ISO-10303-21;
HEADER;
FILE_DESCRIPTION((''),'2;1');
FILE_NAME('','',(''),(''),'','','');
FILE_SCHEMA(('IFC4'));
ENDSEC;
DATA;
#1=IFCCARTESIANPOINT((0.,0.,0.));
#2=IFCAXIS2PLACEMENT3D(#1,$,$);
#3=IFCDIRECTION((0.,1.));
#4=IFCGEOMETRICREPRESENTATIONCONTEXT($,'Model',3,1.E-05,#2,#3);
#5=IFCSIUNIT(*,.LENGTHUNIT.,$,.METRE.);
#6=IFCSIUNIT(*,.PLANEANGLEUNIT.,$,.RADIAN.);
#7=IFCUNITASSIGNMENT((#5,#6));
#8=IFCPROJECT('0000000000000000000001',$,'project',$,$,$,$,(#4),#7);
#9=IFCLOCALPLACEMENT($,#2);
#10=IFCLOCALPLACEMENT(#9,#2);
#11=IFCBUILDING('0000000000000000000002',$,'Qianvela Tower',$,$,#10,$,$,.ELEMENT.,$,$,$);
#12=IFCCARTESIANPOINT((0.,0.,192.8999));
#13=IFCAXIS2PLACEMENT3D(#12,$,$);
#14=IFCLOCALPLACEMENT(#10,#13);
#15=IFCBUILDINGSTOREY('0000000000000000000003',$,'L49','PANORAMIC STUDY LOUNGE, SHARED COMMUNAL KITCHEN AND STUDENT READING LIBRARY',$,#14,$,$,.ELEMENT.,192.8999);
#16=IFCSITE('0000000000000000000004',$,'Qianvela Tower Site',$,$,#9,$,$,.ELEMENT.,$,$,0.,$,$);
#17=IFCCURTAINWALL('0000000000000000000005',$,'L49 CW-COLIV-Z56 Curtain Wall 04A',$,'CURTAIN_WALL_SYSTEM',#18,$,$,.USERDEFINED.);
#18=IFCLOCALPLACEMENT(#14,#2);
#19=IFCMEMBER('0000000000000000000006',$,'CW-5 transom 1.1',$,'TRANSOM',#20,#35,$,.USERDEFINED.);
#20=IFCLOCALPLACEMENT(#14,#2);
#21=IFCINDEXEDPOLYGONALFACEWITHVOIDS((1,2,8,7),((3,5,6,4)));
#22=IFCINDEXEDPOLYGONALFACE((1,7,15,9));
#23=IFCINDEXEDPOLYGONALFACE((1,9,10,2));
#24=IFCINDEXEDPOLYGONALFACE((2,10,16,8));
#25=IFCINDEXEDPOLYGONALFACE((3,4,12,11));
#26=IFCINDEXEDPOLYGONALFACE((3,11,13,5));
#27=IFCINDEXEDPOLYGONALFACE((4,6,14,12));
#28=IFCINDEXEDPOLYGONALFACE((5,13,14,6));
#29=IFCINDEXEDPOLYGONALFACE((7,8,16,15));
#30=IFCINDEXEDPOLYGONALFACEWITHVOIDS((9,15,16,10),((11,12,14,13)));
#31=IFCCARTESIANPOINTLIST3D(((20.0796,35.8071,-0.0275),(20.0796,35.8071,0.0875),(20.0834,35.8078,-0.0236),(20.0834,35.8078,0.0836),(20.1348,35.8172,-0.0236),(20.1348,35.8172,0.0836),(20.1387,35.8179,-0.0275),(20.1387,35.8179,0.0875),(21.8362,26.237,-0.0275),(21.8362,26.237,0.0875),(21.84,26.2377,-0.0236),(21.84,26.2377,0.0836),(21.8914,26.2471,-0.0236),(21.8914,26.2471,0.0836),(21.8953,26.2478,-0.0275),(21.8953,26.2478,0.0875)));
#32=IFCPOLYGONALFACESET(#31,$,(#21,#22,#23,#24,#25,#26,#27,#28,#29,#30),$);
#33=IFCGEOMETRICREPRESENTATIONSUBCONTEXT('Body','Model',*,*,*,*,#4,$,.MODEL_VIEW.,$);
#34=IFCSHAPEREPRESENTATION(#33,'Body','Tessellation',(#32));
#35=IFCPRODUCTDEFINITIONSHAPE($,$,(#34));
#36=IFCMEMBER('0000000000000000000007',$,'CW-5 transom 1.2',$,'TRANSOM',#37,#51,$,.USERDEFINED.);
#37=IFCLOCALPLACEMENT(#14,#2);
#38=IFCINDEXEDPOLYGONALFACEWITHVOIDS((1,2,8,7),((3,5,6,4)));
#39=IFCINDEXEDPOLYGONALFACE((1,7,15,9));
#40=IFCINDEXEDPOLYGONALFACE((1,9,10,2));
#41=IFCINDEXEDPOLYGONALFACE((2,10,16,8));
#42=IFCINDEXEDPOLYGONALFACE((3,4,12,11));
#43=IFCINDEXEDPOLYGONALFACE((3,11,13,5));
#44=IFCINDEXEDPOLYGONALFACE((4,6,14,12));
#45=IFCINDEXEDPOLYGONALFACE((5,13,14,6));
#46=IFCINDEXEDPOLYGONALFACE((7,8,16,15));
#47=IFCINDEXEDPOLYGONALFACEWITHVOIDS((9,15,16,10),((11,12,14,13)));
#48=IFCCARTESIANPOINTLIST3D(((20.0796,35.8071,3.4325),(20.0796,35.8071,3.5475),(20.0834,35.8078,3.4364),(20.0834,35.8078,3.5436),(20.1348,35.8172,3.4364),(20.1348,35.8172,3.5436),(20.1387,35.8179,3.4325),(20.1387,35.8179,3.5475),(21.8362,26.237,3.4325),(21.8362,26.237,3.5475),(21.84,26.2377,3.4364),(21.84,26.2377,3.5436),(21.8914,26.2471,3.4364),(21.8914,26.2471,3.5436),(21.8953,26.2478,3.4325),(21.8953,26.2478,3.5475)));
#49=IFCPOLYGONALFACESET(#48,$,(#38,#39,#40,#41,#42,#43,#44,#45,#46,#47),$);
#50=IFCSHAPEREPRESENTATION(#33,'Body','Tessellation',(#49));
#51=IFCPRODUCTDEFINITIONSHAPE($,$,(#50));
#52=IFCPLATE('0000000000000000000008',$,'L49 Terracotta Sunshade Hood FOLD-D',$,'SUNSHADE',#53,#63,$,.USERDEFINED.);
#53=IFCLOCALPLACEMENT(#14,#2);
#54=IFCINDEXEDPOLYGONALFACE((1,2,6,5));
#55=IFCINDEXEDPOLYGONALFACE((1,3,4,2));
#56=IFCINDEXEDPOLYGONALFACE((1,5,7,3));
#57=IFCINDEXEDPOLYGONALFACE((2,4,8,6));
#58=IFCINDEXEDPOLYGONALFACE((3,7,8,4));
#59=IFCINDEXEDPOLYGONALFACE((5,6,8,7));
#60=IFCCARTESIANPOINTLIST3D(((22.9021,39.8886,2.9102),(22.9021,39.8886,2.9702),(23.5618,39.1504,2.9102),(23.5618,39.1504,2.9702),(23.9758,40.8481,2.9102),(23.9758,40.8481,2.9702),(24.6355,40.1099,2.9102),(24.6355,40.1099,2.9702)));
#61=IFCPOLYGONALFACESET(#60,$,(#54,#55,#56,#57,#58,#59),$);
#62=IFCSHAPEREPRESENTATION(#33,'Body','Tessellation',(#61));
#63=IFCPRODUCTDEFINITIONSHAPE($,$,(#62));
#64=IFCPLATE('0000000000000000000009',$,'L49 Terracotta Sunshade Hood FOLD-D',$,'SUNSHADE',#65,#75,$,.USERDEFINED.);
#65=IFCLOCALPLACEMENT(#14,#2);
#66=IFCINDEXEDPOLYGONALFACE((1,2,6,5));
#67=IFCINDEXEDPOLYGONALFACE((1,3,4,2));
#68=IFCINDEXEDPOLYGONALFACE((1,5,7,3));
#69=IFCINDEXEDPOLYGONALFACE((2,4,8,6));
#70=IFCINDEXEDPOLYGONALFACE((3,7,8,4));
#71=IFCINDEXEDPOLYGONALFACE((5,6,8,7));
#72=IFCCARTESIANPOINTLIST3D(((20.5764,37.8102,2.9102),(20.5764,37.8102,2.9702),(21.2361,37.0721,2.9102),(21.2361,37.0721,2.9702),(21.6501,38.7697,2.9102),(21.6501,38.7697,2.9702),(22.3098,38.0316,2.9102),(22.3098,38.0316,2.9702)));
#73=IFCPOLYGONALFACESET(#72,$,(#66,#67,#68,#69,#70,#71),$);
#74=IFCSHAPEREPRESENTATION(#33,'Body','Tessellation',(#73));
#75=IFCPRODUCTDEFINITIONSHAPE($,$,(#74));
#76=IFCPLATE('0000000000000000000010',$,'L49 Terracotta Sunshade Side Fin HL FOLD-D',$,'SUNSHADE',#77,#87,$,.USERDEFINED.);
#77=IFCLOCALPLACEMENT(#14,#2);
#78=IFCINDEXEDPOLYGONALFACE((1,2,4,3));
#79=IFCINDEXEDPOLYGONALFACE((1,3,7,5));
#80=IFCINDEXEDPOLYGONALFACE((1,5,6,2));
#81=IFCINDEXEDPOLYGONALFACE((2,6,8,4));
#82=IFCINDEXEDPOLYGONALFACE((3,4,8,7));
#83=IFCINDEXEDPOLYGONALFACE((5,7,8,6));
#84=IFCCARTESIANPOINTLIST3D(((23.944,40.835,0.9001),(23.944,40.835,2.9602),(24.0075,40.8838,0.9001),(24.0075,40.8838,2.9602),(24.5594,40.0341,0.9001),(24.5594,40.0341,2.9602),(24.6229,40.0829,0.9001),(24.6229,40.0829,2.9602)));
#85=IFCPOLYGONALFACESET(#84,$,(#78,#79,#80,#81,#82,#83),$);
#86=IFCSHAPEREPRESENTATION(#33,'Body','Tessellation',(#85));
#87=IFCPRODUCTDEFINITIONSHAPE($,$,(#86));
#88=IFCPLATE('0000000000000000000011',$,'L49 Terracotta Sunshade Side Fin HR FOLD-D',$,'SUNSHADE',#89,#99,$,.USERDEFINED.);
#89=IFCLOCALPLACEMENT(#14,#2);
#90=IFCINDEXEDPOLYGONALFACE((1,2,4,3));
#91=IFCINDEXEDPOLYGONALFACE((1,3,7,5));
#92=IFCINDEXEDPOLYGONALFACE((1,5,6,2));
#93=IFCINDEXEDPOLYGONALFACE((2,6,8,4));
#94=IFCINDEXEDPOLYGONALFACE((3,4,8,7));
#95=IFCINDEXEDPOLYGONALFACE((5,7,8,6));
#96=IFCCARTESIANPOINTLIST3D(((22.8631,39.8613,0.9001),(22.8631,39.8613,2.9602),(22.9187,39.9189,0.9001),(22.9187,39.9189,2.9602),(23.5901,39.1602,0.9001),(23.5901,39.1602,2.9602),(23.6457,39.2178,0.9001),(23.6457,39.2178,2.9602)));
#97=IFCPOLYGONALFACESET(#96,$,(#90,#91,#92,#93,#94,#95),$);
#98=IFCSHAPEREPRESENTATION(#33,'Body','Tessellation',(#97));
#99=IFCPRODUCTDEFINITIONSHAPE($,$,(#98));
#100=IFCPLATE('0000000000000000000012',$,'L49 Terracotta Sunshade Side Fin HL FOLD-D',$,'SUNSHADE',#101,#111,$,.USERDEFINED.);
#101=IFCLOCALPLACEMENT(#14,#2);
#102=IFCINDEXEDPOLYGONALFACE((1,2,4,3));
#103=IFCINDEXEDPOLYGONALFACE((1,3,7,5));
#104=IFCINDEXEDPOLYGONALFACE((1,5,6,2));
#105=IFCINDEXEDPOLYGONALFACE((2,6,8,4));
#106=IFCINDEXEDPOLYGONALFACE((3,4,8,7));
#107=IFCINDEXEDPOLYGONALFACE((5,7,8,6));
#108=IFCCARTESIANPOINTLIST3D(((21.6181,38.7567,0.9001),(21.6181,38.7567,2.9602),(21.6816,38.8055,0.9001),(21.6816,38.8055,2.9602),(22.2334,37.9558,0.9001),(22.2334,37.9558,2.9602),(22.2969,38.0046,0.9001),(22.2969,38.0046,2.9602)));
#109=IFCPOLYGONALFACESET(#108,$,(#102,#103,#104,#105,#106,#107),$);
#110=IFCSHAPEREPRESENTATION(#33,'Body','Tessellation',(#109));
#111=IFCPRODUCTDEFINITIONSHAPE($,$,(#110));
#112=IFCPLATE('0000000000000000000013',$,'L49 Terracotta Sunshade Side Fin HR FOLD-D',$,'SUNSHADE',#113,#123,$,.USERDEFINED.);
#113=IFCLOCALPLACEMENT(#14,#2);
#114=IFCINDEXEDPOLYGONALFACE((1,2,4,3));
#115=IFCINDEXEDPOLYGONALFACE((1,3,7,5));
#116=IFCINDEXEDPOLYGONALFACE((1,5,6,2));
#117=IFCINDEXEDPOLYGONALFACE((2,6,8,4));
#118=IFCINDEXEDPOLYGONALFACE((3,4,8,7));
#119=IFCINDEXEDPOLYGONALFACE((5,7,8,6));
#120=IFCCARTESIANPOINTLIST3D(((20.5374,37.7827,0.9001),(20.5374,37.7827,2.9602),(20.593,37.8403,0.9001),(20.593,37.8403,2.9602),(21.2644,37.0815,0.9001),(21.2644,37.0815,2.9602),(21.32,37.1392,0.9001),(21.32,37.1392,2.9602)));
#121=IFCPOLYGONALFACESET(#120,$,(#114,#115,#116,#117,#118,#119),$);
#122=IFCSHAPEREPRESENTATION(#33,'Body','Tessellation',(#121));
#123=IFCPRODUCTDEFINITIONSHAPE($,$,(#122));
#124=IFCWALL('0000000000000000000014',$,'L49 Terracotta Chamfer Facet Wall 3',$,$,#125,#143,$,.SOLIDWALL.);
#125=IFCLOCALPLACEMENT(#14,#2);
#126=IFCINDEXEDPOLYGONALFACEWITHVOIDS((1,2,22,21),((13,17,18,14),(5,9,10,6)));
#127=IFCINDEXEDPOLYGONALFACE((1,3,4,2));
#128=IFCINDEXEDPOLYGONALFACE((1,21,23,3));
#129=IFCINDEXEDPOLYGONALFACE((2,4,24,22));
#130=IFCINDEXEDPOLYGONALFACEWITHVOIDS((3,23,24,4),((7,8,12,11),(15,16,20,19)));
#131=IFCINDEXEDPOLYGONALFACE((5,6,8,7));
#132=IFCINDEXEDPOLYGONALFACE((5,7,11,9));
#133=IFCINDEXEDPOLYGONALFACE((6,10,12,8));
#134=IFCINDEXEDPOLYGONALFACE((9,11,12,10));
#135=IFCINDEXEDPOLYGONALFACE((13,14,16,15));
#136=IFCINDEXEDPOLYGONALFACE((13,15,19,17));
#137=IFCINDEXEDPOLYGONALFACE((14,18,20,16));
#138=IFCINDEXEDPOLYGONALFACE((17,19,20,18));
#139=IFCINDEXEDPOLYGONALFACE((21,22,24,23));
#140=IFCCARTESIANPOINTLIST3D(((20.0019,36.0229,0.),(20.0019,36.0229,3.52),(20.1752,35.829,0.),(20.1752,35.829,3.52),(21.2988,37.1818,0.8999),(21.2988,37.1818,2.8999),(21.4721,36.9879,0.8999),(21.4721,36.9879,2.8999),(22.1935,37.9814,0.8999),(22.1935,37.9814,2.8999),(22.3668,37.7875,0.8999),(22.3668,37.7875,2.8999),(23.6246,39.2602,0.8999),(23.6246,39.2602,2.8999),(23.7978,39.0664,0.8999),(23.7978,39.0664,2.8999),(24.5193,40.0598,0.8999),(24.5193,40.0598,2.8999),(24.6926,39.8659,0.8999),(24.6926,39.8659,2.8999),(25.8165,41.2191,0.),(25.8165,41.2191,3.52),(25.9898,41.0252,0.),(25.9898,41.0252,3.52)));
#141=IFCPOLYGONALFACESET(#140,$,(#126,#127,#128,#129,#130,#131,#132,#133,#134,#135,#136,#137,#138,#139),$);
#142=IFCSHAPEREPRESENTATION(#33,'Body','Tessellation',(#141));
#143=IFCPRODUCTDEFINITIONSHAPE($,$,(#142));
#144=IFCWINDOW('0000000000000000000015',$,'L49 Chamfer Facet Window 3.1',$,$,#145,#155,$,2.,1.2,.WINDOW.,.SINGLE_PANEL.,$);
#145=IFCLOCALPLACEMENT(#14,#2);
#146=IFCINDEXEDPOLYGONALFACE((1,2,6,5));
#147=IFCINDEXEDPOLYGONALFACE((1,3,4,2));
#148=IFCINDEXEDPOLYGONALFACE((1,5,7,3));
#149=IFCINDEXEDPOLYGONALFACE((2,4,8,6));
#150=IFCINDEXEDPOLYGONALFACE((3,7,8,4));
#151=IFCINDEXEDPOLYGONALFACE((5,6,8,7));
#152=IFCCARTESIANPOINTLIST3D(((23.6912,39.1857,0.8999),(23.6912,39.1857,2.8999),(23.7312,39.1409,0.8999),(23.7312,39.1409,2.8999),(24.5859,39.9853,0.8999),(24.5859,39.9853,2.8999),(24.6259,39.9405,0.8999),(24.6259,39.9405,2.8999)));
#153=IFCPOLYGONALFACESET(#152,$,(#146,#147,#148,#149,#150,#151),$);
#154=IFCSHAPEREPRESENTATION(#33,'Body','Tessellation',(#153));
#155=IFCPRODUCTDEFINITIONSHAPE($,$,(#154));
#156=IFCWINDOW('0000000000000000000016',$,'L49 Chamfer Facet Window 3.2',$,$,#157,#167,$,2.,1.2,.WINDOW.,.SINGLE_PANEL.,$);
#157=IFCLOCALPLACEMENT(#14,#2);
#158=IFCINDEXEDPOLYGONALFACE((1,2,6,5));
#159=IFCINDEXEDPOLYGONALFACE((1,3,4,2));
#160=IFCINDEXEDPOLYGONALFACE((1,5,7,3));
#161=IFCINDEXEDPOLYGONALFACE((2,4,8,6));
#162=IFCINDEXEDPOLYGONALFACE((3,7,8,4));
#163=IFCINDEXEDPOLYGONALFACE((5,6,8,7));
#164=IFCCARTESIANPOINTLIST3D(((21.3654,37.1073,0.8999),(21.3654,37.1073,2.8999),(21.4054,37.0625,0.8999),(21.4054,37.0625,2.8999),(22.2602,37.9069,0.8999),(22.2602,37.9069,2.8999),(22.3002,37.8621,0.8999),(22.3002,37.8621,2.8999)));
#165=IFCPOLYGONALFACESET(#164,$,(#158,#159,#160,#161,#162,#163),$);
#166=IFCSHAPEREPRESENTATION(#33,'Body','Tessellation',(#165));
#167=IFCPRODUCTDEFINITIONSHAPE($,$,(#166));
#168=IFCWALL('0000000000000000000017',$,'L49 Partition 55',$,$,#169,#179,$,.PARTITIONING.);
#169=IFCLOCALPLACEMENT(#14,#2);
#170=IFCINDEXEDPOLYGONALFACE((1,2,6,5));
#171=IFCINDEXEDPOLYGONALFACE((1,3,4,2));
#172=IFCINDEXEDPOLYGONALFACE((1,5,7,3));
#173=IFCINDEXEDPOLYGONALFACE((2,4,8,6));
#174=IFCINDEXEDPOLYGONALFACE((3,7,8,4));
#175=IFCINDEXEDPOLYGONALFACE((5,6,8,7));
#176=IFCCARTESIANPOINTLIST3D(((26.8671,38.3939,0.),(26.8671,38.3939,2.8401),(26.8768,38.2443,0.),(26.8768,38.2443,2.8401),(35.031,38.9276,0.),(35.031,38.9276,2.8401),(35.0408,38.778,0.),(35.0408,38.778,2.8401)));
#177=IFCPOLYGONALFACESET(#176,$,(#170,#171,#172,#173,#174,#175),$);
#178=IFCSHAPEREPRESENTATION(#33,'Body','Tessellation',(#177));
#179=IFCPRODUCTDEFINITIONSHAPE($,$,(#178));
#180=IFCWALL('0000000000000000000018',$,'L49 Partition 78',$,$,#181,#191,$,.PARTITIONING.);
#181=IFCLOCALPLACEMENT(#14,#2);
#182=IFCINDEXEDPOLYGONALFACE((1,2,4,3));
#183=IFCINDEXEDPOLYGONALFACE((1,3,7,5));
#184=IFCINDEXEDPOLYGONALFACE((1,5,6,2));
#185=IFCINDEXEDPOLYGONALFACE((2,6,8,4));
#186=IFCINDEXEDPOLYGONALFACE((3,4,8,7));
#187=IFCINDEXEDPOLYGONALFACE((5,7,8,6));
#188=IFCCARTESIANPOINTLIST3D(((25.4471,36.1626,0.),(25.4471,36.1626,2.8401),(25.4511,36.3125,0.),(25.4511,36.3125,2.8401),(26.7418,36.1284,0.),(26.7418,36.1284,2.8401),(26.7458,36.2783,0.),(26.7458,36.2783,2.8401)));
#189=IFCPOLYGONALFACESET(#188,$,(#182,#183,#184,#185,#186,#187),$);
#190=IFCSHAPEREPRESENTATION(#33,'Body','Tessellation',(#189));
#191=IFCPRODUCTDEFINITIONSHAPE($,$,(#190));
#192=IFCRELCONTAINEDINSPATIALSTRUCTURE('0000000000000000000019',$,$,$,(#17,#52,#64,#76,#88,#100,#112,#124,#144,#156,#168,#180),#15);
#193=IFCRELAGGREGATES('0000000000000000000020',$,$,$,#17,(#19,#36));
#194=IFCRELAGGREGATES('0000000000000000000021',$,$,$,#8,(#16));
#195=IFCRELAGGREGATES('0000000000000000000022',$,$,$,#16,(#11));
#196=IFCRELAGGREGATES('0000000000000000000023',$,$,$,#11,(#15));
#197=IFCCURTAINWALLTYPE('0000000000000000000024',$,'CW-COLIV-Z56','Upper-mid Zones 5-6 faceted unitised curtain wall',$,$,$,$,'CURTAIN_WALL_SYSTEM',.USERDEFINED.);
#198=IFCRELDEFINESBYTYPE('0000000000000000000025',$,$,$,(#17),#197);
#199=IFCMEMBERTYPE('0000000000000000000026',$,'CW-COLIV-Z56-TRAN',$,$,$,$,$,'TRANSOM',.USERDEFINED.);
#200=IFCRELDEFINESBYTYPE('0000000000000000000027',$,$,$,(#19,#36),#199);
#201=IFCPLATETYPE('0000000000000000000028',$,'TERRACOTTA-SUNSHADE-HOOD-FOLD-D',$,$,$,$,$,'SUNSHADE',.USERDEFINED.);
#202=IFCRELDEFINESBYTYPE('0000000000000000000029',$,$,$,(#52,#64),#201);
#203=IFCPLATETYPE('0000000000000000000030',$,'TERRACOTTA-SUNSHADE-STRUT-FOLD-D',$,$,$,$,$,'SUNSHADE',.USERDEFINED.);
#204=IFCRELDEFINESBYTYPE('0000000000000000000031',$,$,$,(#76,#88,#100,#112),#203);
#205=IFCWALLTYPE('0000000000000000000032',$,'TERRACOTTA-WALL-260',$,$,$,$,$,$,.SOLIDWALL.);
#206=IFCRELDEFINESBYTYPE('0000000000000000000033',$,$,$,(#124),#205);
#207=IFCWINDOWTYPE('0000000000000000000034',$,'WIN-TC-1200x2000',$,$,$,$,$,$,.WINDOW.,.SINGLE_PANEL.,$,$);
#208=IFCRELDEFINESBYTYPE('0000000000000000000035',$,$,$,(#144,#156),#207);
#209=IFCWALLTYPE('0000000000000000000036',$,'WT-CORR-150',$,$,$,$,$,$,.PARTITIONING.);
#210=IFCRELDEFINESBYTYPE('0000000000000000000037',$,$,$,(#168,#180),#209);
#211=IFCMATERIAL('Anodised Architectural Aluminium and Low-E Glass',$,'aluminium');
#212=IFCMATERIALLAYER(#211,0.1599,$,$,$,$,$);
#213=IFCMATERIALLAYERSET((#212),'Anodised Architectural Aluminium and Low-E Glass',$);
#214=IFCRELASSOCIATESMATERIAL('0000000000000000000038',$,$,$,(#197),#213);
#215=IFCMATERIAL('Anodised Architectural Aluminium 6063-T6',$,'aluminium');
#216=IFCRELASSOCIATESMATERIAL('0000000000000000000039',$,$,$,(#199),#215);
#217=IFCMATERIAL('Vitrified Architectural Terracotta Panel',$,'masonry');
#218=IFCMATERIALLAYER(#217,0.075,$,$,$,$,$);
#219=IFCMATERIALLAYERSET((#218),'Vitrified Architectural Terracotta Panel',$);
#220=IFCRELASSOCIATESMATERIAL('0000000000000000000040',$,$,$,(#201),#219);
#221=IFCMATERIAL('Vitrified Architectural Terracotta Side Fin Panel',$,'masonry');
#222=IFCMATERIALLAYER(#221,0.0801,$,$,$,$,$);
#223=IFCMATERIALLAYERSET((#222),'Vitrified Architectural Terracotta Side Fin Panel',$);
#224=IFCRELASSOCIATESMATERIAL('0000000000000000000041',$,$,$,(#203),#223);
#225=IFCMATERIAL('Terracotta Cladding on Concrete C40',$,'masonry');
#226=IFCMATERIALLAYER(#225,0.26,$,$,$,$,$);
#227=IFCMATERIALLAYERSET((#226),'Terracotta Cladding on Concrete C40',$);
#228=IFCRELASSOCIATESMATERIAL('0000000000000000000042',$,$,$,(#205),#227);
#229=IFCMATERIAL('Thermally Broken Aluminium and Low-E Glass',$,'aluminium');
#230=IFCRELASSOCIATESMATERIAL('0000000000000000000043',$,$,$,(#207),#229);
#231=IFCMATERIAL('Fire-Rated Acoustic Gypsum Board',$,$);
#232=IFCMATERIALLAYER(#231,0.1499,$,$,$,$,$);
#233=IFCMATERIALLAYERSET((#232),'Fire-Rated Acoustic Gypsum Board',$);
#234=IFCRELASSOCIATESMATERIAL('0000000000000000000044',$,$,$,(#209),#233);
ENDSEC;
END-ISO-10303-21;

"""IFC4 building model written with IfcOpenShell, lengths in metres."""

from ifc_helpers import new_model, si_unit, direction, frame, frame_2d, origin, origin_2d, place, context, subcontext, project, spatial, rectangle, hollow_rectangle, extrude, material, layer, layer_set, material_profile, profile_set, type_object, element, fill, aggregate, save


model = new_model("IFC4")

# Units and contexts
model_context = context("Model", 3, precision=1e-05, world=origin(), true_north=direction((0.0, 1.0)))
body_context = subcontext(model_context, "Body", "Model", "MODEL_VIEW")
ifc_project = project(units=[si_unit("LENGTHUNIT", "METRE"), si_unit("PLANEANGLEUNIT", "RADIAN")], contexts=[model_context])

# Site, building, storey
site_placement = place(None, origin())
site = spatial("IfcSite", under=ifc_project, at=site_placement, Name="Qianvela Tower Site", CompositionType="ELEMENT", RefElevation=0.0)
building_placement = place(site_placement, origin())
building = spatial("IfcBuilding", under=site, at=building_placement, Name="Qianvela Tower", CompositionType="ELEMENT")
storey_placement = place(building_placement, frame((0.0, 0.0, 192.8999)))
storey = spatial("IfcBuildingStorey", under=building, at=storey_placement, Name="L49", Description="PANORAMIC STUDY LOUNGE, SHARED COMMUNAL KITCHEN AND STUDENT READING LIBRARY", CompositionType="ELEMENT", Elevation=192.8999)

# Curtain wall, members
ifc_material_1 = material(Name="Anodised Architectural Aluminium and Low-E Glass", Category="aluminium")
ifc_layer_1 = layer(ifc_material_1, 0.1599)
ifc_layer_set_1 = layer_set([ifc_layer_1], Name="Anodised Architectural Aluminium and Low-E Glass")
curtain_wall_type_1 = type_object("IfcCurtainWallType", Name="CW-COLIV-Z56", Description="Upper-mid Zones 5-6 faceted unitised curtain wall", ElementType="CURTAIN_WALL_SYSTEM", PredefinedType="USERDEFINED", material=ifc_layer_set_1)
curtain_wall_1_placement = place(storey_placement, origin())
curtain_wall_1 = element("IfcCurtainWall", 1, at=curtain_wall_1_placement, inside=storey, type_object=curtain_wall_type_1, Name="L49 CW-COLIV-Z56 Curtain Wall 04A", ObjectType="CURTAIN_WALL_SYSTEM", PredefinedType="USERDEFINED")
ifc_material_2 = material(Name="Anodised Architectural Aluminium 6063-T6", Category="aluminium")
ifc_material_profile_1 = material_profile(ifc_material_2, hollow_rectangle(XDim=0.0601, YDim=0.115, WallThickness=0.0039, at=origin_2d()), Name="ALU-TRAN-60x115")
ifc_profile_set_1 = profile_set([ifc_material_profile_1], Name="Anodised Architectural Aluminium 6063-T6")
member_type_1 = type_object("IfcMemberType", Name="CW-COLIV-Z56-TRAN", ElementType="TRANSOM", PredefinedType="USERDEFINED", material=ifc_profile_set_1)
member_1_placement = place(storey_placement, frame((20.1091, 35.8125, 0.03), z_axis=(0.180535, -0.983569, 0.0), x_axis=(0.983569, 0.180535, 0.0)))
member_1 = element("IfcMember", 2, at=member_1_placement, type_object=member_type_1, Name="CW-5 transom 1.1", ObjectType="TRANSOM", PredefinedType="USERDEFINED", context=body_context, shape_type="SweptSolid", body=[
    extrude(hollow_rectangle(XDim=0.0601, YDim=0.115, WallThickness=0.0039, at=origin_2d()), origin(), (0.0, 0.0, 1.0), 9.73),
])
member_2_placement = place(storey_placement, frame((20.1091, 35.8125, 3.49), z_axis=(0.180535, -0.983569, 0.0), x_axis=(0.983569, 0.180535, 0.0)))
member_2 = element("IfcMember", 3, at=member_2_placement, type_object=member_type_1, Name="CW-5 transom 1.2", ObjectType="TRANSOM", PredefinedType="USERDEFINED", context=body_context, shape_type="SweptSolid", body=[
    extrude(hollow_rectangle(XDim=0.0601, YDim=0.115, WallThickness=0.0039, at=origin_2d()), origin(), (0.0, 0.0, 1.0), 9.73),
])
aggregate(curtain_wall_1, [member_1, member_2])

# Plates
ifc_material_3 = material(Name="Vitrified Architectural Terracotta Panel", Category="masonry")
ifc_layer_2 = layer(ifc_material_3, 0.075)
ifc_layer_set_2 = layer_set([ifc_layer_2], Name="Vitrified Architectural Terracotta Panel")
plate_type_1 = type_object("IfcPlateType", Name="TERRACOTTA-SUNSHADE-HOOD-FOLD-D", ElementType="SUNSHADE", PredefinedType="USERDEFINED", material=ifc_layer_set_2)
for number, where, z_axis, x_axis, name in (
    (4, (23.7688, 39.9993, 2.9102), (0.0, 0.0, 1.0), (-0.745639, -0.66635, 0.0), "L49 Terracotta Sunshade Hood FOLD-D"),
    (5, (21.4431, 37.9209, 2.9102), (0.0, 0.0, 1.0), (-0.745639, -0.66635, 0.0), "L49 Terracotta Sunshade Hood FOLD-D"),
):
    element("IfcPlate", number, at=place(storey_placement, frame(where, z_axis=z_axis, x_axis=x_axis)), inside=storey, type_object=plate_type_1, Name=name, ObjectType="SUNSHADE", PredefinedType="USERDEFINED", context=body_context, shape_type="SweptSolid", body=[
        extrude(rectangle(XDim=1.4399, YDim=0.99, at=origin_2d()), origin(), (0.0, 0.0, 1.0), 0.0601),
    ])
ifc_material_4 = material(Name="Vitrified Architectural Terracotta Side Fin Panel", Category="masonry")
ifc_layer_3 = layer(ifc_material_4, 0.0801)
ifc_layer_set_3 = layer_set([ifc_layer_3], Name="Vitrified Architectural Terracotta Side Fin Panel")
plate_type_2 = type_object("IfcPlateType", Name="TERRACOTTA-SUNSHADE-STRUT-FOLD-D", ElementType="SUNSHADE", PredefinedType="USERDEFINED", material=ifc_layer_set_3)
for number, where, z_axis, x_axis, name in (
    (6, (24.2834, 40.459, 0.9001), (0.0, 0.0, 1.0), (-0.792971, -0.60926, 0.0), "L49 Terracotta Sunshade Side Fin HL FOLD-D"),
    (7, (23.2544, 39.5396, 0.9001), (0.0, 0.0, 1.0), (-0.694206, -0.719776, 0.0), "L49 Terracotta Sunshade Side Fin HR FOLD-D"),
    (8, (21.9575, 38.3806, 0.9001), (0.0, 0.0, 1.0), (-0.792971, -0.60926, 0.0), "L49 Terracotta Sunshade Side Fin HL FOLD-D"),
    (9, (20.9287, 37.4609, 0.9001), (0.0, 0.0, 1.0), (-0.694206, -0.719776, 0.0), "L49 Terracotta Sunshade Side Fin HR FOLD-D"),
):
    element("IfcPlate", number, at=place(storey_placement, frame(where, z_axis=z_axis, x_axis=x_axis)), inside=storey, type_object=plate_type_2, Name=name, ObjectType="SUNSHADE", PredefinedType="USERDEFINED", context=body_context, shape_type="SweptSolid", body=[
        extrude(rectangle(XDim=0.0801, YDim=1.01, at=origin_2d()), origin(), (0.0, 0.0, 1.0), 2.0601),
    ])

# Wall, openings, windows
ifc_material_5 = material(Name="Terracotta Cladding on Concrete C40", Category="masonry")
ifc_layer_4 = layer(ifc_material_5, 0.26)
ifc_layer_set_4 = layer_set([ifc_layer_4], Name="Terracotta Cladding on Concrete C40")
wall_type_1 = type_object("IfcWallType", Name="TERRACOTTA-WALL-260", PredefinedType="SOLIDWALL", material=ifc_layer_set_4)
wall_1_placement = place(storey_placement, frame((25.9031, 41.1221, 0.0), z_axis=(0.0, 0.0, 1.0), x_axis=(-0.745645, -0.666344, 0.0)))
wall_1 = element("IfcWall", 10, at=wall_1_placement, inside=storey, type_object=wall_type_1, Name="L49 Terracotta Chamfer Facet Wall 3", PredefinedType="SOLIDWALL", context=body_context, shape_type="SweptSolid", body=[
    extrude(rectangle(XDim=7.7981, YDim=0.26, at=frame_2d((3.8989, 0.0))), origin(), (0.0, 0.0, 1.0), 3.52),
])
opening_1_placement = place(wall_1_placement, frame((1.7395, 0.0, 0.8999)))
opening_1 = element("IfcOpeningElement", 11, at=opening_1_placement, cuts=wall_1, PredefinedType="OPENING", context=body_context, shape_type="SweptSolid", body=[
    extrude(rectangle(XDim=1.2, YDim=2.0, at=frame_2d((0.6001, 1.0))), frame((0.0, 0.1399, 0.0), z_axis=(0.0, -1.0, 0.0), x_axis=(1.0, 0.0, 0.0)), (0.0, 0.0, 1.0), 0.28),
])
opening_2_placement = place(wall_1_placement, frame((4.8586, 0.0, 0.8999)))
opening_2 = element("IfcOpeningElement", 12, at=opening_2_placement, cuts=wall_1, PredefinedType="OPENING", context=body_context, shape_type="SweptSolid", body=[
    extrude(rectangle(XDim=1.2, YDim=2.0, at=frame_2d((0.6001, 1.0))), frame((0.0, 0.1399, 0.0), z_axis=(0.0, -1.0, 0.0), x_axis=(1.0, 0.0, 0.0)), (0.0, 0.0, 1.0), 0.28),
])
ifc_material_6 = material(Name="Thermally Broken Aluminium and Low-E Glass", Category="aluminium")
window_type = type_object("IfcWindowType", Name="WIN-TC-1200x2000", PartitioningType="SINGLE_PANEL", PredefinedType="WINDOW", material=ifc_material_6)
window_1_placement = place(opening_1_placement, origin())
window_1 = element("IfcWindow", 13, at=window_1_placement, inside=storey, type_object=window_type, Name="L49 Chamfer Facet Window 3.1", OverallHeight=2.0, OverallWidth=1.2, PartitioningType="SINGLE_PANEL", PredefinedType="WINDOW", context=body_context, shape_type="SweptSolid", body=[
    extrude(rectangle(XDim=1.2, YDim=2.0, at=frame_2d((0.6001, 1.0))), frame((0.0, 0.03, 0.0), z_axis=(0.0, -1.0, 0.0), x_axis=(1.0, 0.0, 0.0)), (0.0, 0.0, 1.0), 0.0601),
])
fill(opening_1, window_1)
window_2_placement = place(opening_2_placement, origin())
window_2 = element("IfcWindow", 14, at=window_2_placement, inside=storey, type_object=window_type, Name="L49 Chamfer Facet Window 3.2", OverallHeight=2.0, OverallWidth=1.2, PartitioningType="SINGLE_PANEL", PredefinedType="WINDOW", context=body_context, shape_type="SweptSolid", body=[
    extrude(rectangle(XDim=1.2, YDim=2.0, at=frame_2d((0.6001, 1.0))), frame((0.0, 0.03, 0.0), z_axis=(0.0, -1.0, 0.0), x_axis=(1.0, 0.0, 0.0)), (0.0, 0.0, 1.0), 0.0601),
])
fill(opening_2, window_2)

# Walls
ifc_material_7 = material(Name="Fire-Rated Acoustic Gypsum Board")
ifc_layer_5 = layer(ifc_material_7, 0.1499)
ifc_layer_set_5 = layer_set([ifc_layer_5], Name="Fire-Rated Acoustic Gypsum Board")
wall_type_2 = type_object("IfcWallType", Name="WT-CORR-150", PredefinedType="PARTITIONING", material=ifc_layer_set_5)
wall_2_placement = place(storey_placement, frame((26.8718, 38.3191, 0.0), z_axis=(0.0, 0.0, 1.0), x_axis=(0.99787, 0.065232, 0.0)))
element("IfcWall", 15, at=wall_2_placement, inside=storey, type_object=wall_type_2, Name="L49 Partition 55", PredefinedType="PARTITIONING", context=body_context, shape_type="SweptSolid", body=[
    extrude(rectangle(XDim=8.1814, YDim=0.1499, at=frame_2d((4.0908, 0.0))), origin(), (0.0, 0.0, 1.0), 2.8401),
])
wall_3_placement = place(storey_placement, frame((25.4492, 36.2375, 0.0), z_axis=(0.0, 0.0, 1.0), x_axis=(0.999652, -0.026391, 0.0)))
element("IfcWall", 16, at=wall_3_placement, inside=storey, type_object=wall_type_2, Name="L49 Partition 78", PredefinedType="PARTITIONING", context=body_context, shape_type="SweptSolid", body=[
    extrude(rectangle(XDim=1.2952, YDim=0.1499, at=frame_2d((0.6475, 0.0))), origin(), (0.0, 0.0, 1.0), 2.8401),
])

save(model, "model.ifc")
